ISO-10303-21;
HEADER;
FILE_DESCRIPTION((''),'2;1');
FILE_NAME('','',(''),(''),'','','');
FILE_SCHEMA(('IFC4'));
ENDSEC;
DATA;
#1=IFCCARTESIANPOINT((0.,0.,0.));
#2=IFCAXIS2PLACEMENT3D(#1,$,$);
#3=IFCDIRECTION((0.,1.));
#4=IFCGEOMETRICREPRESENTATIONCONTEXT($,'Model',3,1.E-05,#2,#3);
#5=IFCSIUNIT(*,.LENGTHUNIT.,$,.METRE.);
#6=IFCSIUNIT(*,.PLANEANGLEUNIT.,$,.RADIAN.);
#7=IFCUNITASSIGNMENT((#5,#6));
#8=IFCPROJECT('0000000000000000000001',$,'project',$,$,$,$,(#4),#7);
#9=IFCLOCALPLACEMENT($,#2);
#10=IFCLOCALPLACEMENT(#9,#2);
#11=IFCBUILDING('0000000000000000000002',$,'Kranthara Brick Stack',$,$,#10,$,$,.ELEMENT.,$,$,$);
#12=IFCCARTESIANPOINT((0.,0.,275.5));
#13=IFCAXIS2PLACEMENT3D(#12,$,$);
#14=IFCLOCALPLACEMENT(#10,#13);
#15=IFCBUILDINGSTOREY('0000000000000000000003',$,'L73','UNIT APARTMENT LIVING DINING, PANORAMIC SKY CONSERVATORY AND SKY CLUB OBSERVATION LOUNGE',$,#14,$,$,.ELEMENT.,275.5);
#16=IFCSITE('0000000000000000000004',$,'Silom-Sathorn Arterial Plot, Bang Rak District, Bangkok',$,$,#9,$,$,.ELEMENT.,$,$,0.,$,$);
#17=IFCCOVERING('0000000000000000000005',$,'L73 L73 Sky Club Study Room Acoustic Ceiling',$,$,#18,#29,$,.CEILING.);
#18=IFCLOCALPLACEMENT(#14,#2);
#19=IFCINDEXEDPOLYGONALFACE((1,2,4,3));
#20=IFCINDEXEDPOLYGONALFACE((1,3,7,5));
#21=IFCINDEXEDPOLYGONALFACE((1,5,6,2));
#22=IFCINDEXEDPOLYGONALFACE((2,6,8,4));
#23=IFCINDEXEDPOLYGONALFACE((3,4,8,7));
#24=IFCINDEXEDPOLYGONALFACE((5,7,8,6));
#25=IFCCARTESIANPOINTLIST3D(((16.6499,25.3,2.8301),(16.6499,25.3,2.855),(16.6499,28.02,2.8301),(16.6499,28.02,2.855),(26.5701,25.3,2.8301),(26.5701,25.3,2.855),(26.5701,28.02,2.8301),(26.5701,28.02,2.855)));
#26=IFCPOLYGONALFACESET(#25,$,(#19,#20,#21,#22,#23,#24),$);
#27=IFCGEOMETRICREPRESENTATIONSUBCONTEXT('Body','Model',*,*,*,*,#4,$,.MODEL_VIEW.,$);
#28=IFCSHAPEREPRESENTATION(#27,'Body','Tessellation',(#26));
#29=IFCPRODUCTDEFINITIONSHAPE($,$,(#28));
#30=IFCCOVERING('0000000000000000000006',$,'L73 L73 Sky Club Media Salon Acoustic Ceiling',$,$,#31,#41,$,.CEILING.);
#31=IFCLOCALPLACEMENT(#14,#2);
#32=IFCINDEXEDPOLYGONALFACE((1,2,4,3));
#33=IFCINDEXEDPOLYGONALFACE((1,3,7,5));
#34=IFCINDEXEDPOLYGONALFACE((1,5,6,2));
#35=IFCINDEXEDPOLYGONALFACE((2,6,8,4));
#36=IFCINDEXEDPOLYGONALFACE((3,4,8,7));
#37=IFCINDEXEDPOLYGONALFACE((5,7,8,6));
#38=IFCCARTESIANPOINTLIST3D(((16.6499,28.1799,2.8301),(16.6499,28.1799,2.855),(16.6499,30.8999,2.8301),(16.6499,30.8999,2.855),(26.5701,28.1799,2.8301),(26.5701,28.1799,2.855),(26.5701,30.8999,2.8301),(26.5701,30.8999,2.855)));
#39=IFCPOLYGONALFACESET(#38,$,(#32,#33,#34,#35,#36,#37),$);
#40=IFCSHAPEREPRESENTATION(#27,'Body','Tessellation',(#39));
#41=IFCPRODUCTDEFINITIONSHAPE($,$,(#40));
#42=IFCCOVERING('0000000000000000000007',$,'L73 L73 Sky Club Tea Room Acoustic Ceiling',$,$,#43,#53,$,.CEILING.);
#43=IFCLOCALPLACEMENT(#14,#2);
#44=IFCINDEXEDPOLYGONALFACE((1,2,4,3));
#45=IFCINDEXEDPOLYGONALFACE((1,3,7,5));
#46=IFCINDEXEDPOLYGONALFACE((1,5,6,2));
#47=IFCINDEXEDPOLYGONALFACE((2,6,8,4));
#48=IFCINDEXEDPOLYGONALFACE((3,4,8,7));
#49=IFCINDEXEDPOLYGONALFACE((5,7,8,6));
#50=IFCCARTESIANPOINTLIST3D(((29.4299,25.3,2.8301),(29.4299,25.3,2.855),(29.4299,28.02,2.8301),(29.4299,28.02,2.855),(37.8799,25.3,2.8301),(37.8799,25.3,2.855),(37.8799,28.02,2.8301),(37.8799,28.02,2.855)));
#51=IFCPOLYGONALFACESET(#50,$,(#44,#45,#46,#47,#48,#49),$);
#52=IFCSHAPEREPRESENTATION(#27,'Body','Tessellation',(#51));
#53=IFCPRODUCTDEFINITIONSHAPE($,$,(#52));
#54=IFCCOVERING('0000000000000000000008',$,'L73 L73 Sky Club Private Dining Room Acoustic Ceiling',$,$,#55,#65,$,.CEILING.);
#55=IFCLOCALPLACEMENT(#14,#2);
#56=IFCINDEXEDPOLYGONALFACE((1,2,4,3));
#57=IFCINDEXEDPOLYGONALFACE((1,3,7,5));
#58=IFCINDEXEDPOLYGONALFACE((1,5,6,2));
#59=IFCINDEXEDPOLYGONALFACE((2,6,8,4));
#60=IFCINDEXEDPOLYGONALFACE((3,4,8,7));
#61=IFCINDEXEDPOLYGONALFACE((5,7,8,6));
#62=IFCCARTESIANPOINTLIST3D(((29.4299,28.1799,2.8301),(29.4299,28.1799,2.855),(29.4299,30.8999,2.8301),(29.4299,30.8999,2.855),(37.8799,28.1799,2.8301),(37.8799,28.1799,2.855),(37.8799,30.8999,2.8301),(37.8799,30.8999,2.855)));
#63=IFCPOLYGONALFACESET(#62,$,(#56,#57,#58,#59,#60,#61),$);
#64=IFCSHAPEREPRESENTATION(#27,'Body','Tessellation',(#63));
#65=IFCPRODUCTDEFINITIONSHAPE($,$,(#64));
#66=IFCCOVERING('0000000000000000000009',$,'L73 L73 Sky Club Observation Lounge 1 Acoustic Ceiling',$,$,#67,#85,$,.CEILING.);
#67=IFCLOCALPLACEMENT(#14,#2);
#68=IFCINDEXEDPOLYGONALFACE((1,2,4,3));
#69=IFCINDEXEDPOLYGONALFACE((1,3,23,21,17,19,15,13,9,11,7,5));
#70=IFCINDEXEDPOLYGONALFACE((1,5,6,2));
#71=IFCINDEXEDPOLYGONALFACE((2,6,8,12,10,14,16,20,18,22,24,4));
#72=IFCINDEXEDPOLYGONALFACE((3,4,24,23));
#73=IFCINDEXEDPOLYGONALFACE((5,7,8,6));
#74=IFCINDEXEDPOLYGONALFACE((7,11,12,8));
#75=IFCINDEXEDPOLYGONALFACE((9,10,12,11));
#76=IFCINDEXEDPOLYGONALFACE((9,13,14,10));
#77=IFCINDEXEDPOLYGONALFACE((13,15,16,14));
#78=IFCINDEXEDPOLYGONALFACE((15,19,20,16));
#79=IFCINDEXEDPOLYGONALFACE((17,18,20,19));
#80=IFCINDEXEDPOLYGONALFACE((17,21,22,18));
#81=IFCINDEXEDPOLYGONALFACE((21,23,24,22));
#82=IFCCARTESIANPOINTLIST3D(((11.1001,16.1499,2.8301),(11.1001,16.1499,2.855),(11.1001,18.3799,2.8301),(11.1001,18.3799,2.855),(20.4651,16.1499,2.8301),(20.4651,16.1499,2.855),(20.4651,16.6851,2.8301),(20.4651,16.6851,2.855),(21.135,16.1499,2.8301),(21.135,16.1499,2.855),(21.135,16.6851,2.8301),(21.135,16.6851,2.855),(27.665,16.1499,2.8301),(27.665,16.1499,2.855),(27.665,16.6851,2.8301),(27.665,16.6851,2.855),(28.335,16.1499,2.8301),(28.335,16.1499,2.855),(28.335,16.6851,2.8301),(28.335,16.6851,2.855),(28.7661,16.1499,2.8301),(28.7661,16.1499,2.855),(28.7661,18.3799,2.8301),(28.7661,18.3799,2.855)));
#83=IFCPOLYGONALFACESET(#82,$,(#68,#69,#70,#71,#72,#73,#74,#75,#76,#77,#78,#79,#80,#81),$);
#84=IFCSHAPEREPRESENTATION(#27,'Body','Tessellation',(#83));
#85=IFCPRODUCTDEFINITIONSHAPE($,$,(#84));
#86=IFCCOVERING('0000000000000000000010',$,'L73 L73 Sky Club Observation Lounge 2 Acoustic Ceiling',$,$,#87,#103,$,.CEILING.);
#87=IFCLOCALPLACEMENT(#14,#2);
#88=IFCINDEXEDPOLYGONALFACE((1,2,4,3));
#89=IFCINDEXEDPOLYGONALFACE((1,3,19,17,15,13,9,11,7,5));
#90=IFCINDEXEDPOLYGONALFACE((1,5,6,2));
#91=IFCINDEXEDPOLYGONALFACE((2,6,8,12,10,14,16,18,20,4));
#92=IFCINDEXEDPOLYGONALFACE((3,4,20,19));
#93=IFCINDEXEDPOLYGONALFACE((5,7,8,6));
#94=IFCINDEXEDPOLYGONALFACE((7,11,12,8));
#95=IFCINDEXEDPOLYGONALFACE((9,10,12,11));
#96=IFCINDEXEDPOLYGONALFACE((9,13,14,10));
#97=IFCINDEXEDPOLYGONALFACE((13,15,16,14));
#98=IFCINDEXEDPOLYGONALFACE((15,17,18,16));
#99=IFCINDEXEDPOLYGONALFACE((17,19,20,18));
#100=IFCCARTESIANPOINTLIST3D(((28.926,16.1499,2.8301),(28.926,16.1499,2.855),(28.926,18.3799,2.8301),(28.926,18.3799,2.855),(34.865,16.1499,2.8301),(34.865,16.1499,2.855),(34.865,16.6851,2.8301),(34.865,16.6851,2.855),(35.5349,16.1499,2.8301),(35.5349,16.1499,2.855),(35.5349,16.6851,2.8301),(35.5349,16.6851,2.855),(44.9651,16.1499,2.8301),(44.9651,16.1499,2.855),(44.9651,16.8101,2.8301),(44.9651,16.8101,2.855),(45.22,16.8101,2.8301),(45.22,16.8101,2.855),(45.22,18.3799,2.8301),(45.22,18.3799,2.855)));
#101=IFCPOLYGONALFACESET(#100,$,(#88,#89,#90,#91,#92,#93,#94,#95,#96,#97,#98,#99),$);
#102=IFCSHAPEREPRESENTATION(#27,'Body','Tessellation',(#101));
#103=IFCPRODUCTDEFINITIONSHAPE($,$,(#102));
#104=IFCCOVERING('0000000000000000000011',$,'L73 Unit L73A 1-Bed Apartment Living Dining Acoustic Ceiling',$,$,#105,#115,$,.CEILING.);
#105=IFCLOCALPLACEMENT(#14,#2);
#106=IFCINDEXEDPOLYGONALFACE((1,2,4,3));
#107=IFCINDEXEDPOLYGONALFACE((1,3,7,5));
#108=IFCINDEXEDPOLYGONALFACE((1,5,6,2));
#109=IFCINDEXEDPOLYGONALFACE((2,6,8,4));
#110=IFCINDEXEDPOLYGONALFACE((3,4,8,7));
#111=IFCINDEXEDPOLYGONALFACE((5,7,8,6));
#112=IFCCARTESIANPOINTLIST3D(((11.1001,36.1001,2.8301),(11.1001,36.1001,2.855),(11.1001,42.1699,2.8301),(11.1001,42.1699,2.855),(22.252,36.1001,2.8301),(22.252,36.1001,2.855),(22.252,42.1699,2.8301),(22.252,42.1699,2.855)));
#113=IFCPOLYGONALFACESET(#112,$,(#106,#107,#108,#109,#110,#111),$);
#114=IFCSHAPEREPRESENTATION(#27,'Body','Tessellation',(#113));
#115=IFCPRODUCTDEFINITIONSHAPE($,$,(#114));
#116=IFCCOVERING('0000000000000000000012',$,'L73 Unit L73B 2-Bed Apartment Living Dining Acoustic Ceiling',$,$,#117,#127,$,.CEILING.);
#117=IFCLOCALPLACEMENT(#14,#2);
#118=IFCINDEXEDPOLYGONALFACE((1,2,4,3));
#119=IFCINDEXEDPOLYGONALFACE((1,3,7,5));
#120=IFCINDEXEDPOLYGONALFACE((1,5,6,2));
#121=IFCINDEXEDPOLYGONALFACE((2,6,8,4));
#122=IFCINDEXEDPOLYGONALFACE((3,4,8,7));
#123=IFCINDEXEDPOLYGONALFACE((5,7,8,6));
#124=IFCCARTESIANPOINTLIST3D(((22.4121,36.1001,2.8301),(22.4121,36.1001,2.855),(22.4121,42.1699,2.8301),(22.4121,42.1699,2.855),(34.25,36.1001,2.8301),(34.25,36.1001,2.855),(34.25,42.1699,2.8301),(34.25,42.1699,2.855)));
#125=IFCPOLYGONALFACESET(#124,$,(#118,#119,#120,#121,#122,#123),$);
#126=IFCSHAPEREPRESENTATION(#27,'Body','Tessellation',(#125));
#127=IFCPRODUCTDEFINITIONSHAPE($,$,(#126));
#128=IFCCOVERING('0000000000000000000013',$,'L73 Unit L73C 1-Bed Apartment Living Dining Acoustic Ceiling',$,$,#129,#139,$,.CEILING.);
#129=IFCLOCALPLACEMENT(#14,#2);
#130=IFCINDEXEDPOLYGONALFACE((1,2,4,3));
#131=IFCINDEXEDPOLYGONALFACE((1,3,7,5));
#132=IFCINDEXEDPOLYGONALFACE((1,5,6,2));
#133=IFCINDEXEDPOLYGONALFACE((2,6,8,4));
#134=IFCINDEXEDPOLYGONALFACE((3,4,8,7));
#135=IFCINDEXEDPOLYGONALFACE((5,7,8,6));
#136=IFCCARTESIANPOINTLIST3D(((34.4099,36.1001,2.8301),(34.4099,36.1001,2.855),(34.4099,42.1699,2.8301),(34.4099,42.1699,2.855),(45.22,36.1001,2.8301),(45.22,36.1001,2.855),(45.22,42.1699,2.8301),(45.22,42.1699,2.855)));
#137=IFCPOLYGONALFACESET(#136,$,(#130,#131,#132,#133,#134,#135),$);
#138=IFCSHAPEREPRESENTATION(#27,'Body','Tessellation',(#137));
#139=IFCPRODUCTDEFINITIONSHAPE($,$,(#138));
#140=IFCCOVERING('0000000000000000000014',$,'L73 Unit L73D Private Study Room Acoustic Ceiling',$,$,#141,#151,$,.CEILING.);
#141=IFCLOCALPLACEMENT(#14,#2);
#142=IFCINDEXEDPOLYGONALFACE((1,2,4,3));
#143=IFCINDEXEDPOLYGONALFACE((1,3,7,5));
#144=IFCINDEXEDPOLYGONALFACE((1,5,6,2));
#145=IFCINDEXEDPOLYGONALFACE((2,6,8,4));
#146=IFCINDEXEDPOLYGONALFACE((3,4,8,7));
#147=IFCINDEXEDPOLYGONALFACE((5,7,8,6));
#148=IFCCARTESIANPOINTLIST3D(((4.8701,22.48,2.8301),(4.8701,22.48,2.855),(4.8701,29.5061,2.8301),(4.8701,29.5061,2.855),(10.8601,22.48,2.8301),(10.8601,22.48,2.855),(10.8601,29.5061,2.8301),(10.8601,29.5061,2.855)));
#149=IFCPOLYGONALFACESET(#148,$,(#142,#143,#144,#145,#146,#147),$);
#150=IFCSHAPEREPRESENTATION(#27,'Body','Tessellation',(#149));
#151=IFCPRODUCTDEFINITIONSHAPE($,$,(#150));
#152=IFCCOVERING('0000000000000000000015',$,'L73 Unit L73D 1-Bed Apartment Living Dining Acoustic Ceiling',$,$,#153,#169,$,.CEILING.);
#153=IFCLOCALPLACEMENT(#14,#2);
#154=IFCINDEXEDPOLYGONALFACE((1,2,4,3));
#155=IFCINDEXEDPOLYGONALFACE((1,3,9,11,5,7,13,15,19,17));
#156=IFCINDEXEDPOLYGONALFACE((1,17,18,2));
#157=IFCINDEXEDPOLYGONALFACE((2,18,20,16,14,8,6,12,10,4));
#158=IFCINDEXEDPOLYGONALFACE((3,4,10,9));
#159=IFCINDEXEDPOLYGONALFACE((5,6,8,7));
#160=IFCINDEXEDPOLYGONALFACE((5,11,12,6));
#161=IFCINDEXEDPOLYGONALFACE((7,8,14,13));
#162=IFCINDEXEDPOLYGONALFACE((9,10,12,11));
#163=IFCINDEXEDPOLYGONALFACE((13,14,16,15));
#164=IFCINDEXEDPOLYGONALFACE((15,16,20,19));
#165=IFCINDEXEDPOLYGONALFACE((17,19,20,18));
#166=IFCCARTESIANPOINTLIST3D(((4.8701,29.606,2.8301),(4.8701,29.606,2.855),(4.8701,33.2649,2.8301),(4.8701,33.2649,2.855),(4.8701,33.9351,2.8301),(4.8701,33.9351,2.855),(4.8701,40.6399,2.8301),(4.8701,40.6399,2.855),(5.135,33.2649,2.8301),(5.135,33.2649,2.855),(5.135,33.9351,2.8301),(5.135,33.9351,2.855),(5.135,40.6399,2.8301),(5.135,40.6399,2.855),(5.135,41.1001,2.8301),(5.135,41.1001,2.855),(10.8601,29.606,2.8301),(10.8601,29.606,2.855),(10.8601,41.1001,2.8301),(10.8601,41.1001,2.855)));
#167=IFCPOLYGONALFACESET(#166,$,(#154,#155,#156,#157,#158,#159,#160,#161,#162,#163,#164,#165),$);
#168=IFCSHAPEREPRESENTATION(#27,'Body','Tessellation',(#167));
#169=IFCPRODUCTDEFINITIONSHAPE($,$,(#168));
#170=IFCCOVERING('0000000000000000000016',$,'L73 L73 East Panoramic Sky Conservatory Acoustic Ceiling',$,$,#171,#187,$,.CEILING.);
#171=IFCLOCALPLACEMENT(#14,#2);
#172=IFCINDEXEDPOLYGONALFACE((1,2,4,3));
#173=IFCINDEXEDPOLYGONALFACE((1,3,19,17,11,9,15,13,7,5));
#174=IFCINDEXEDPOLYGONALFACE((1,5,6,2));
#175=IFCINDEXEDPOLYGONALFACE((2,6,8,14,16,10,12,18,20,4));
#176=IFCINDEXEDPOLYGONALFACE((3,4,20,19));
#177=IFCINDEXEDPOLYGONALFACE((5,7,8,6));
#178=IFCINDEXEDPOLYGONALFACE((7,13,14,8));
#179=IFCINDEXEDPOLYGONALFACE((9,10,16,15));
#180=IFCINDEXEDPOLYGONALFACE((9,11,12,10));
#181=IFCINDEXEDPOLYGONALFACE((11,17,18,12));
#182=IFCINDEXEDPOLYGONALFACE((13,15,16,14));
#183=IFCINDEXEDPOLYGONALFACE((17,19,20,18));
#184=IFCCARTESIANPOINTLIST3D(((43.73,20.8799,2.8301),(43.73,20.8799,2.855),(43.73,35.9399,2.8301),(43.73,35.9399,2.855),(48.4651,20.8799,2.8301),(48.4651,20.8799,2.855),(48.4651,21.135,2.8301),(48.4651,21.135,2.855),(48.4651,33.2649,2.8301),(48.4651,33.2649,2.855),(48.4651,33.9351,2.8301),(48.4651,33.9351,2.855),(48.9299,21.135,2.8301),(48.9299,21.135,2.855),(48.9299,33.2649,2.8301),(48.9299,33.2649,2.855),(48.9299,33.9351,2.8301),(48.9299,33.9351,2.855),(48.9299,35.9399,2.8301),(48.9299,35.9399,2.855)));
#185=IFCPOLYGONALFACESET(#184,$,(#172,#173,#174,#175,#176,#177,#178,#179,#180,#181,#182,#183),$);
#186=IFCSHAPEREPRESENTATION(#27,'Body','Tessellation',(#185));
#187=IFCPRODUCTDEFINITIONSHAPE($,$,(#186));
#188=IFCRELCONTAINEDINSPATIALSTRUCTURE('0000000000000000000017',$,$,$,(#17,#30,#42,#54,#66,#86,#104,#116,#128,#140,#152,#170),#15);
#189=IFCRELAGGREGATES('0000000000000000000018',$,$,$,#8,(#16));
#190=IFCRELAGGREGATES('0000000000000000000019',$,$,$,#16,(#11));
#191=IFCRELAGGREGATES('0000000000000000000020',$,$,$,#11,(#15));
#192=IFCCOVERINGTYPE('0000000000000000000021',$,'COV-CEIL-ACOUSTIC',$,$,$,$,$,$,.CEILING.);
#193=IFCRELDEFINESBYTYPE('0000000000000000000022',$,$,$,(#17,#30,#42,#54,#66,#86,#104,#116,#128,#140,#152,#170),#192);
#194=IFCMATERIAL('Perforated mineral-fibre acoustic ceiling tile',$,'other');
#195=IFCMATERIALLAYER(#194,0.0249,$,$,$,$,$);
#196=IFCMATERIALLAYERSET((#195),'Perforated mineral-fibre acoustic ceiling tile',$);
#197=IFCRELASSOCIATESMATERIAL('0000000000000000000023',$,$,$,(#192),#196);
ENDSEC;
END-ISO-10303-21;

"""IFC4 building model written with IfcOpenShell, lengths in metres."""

from ifc_helpers import new_model, si_unit, direction, frame, origin, place, context, subcontext, project, spatial, polyline, outline, extrude, material, layer, layer_set, type_object, element, save


model = new_model("IFC4")

# Units and contexts
model_context = context("Model", 3, precision=1e-05, world=origin(), true_north=direction((0.0, 1.0)))
body_context = subcontext(model_context, "Body", "Model", "MODEL_VIEW")
ifc_project = project(units=[si_unit("LENGTHUNIT", "METRE"), si_unit("PLANEANGLEUNIT", "RADIAN")], contexts=[model_context])

# Site, building, storey
site_placement = place(None, origin())
site = spatial("IfcSite", under=ifc_project, at=site_placement, Name="Silom-Sathorn Arterial Plot, Bang Rak District, Bangkok", CompositionType="ELEMENT", RefElevation=0.0)
building_placement = place(site_placement, origin())
building = spatial("IfcBuilding", under=site, at=building_placement, Name="Kranthara Brick Stack", CompositionType="ELEMENT")
storey_placement = place(building_placement, frame((0.0, 0.0, 275.5)))
storey = spatial("IfcBuildingStorey", under=building, at=storey_placement, Name="L73", Description="UNIT APARTMENT LIVING DINING, PANORAMIC SKY CONSERVATORY AND SKY CLUB OBSERVATION LOUNGE", CompositionType="ELEMENT", Elevation=275.5)

# Coverings
ifc_material_1 = material(Name="Perforated mineral-fibre acoustic ceiling tile", Category="other")
ifc_layer_1 = layer(ifc_material_1, 0.0249)
ifc_layer_set_1 = layer_set([ifc_layer_1], Name="Perforated mineral-fibre acoustic ceiling tile")
covering_type_1 = type_object("IfcCoveringType", Name="COV-CEIL-ACOUSTIC", PredefinedType="CEILING", material=ifc_layer_set_1)
covering_1_placement = place(storey_placement, frame((0.0, 0.0, 2.8301)))
element("IfcCovering", 1, at=covering_1_placement, inside=storey, type_object=covering_type_1, Name="L73 L73 Sky Club Study Room Acoustic Ceiling", PredefinedType="CEILING", context=body_context, shape_type="SweptSolid", body=[
    extrude(outline(polyline([(26.5701, 25.3), (26.5701, 28.02), (16.6499, 28.02), (16.6499, 25.3), (26.5701, 25.3)])), origin(), (0.0, 0.0, 1.0), 0.0249),
])
covering_2_placement = place(storey_placement, frame((0.0, 0.0, 2.8301)))
element("IfcCovering", 2, at=covering_2_placement, inside=storey, type_object=covering_type_1, Name="L73 L73 Sky Club Media Salon Acoustic Ceiling", PredefinedType="CEILING", context=body_context, shape_type="SweptSolid", body=[
    extrude(outline(polyline([(26.5701, 28.1799), (26.5701, 30.8999), (16.6499, 30.8999), (16.6499, 28.1799), (26.5701, 28.1799)])), origin(), (0.0, 0.0, 1.0), 0.0249),
])
covering_3_placement = place(storey_placement, frame((0.0, 0.0, 2.8301)))
element("IfcCovering", 3, at=covering_3_placement, inside=storey, type_object=covering_type_1, Name="L73 L73 Sky Club Tea Room Acoustic Ceiling", PredefinedType="CEILING", context=body_context, shape_type="SweptSolid", body=[
    extrude(outline(polyline([(37.8799, 25.3), (37.8799, 28.02), (29.4299, 28.02), (29.4299, 25.3), (37.8799, 25.3)])), origin(), (0.0, 0.0, 1.0), 0.0249),
])
covering_4_placement = place(storey_placement, frame((0.0, 0.0, 2.8301)))
element("IfcCovering", 4, at=covering_4_placement, inside=storey, type_object=covering_type_1, Name="L73 L73 Sky Club Private Dining Room Acoustic Ceiling", PredefinedType="CEILING", context=body_context, shape_type="SweptSolid", body=[
    extrude(outline(polyline([(37.8799, 28.1799), (37.8799, 30.8999), (29.4299, 30.8999), (29.4299, 28.1799), (37.8799, 28.1799)])), origin(), (0.0, 0.0, 1.0), 0.0249),
])
covering_5_placement = place(storey_placement, frame((0.0, 0.0, 2.8301)))
element("IfcCovering", 5, at=covering_5_placement, inside=storey, type_object=covering_type_1, Name="L73 L73 Sky Club Observation Lounge 1 Acoustic Ceiling", PredefinedType="CEILING", context=body_context, shape_type="SweptSolid", body=[
    extrude(outline(polyline([(11.1001, 18.3799), (28.7661, 18.3799), (28.7661, 16.1499), (28.335, 16.1499), (28.335, 16.6851), (27.665, 16.6851), (27.665, 16.1499), (21.135, 16.1499), (21.135, 16.6851), (20.4651, 16.6851), (20.4651, 16.1499), (11.1001, 16.1499), (11.1001, 18.3799)])), origin(), (0.0, 0.0, 1.0), 0.0249),
])
covering_6_placement = place(storey_placement, frame((0.0, 0.0, 2.8301)))
element("IfcCovering", 6, at=covering_6_placement, inside=storey, type_object=covering_type_1, Name="L73 L73 Sky Club Observation Lounge 2 Acoustic Ceiling", PredefinedType="CEILING", context=body_context, shape_type="SweptSolid", body=[
    extrude(outline(polyline([(28.926, 18.3799), (45.22, 18.3799), (45.22, 16.8101), (44.9651, 16.8101), (44.9651, 16.1499), (35.5349, 16.1499), (35.5349, 16.6851), (34.865, 16.6851), (34.865, 16.1499), (28.926, 16.1499), (28.926, 18.3799)])), origin(), (0.0, 0.0, 1.0), 0.0249),
])
covering_7_placement = place(storey_placement, frame((0.0, 0.0, 2.8301)))
element("IfcCovering", 7, at=covering_7_placement, inside=storey, type_object=covering_type_1, Name="L73 Unit L73A 1-Bed Apartment Living Dining Acoustic Ceiling", PredefinedType="CEILING", context=body_context, shape_type="SweptSolid", body=[
    extrude(outline(polyline([(22.252, 36.1001), (22.252, 42.1699), (11.1001, 42.1699), (11.1001, 36.1001), (22.252, 36.1001)])), origin(), (0.0, 0.0, 1.0), 0.0249),
])
covering_8_placement = place(storey_placement, frame((0.0, 0.0, 2.8301)))
element("IfcCovering", 8, at=covering_8_placement, inside=storey, type_object=covering_type_1, Name="L73 Unit L73B 2-Bed Apartment Living Dining Acoustic Ceiling", PredefinedType="CEILING", context=body_context, shape_type="SweptSolid", body=[
    extrude(outline(polyline([(34.25, 36.1001), (34.25, 42.1699), (22.4121, 42.1699), (22.4121, 36.1001), (34.25, 36.1001)])), origin(), (0.0, 0.0, 1.0), 0.0249),
])
covering_9_placement = place(storey_placement, frame((0.0, 0.0, 2.8301)))
element("IfcCovering", 9, at=covering_9_placement, inside=storey, type_object=covering_type_1, Name="L73 Unit L73C 1-Bed Apartment Living Dining Acoustic Ceiling", PredefinedType="CEILING", context=body_context, shape_type="SweptSolid", body=[
    extrude(outline(polyline([(45.22, 36.1001), (45.22, 42.1699), (34.4099, 42.1699), (34.4099, 36.1001), (45.22, 36.1001)])), origin(), (0.0, 0.0, 1.0), 0.0249),
])
covering_10_placement = place(storey_placement, frame((0.0, 0.0, 2.8301)))
element("IfcCovering", 10, at=covering_10_placement, inside=storey, type_object=covering_type_1, Name="L73 Unit L73D Private Study Room Acoustic Ceiling", PredefinedType="CEILING", context=body_context, shape_type="SweptSolid", body=[
    extrude(outline(polyline([(10.8601, 22.48), (10.8601, 29.5061), (4.8701, 29.5061), (4.8701, 22.48), (10.8601, 22.48)])), origin(), (0.0, 0.0, 1.0), 0.0249),
])
covering_11_placement = place(storey_placement, frame((0.0, 0.0, 2.8301)))
element("IfcCovering", 11, at=covering_11_placement, inside=storey, type_object=covering_type_1, Name="L73 Unit L73D 1-Bed Apartment Living Dining Acoustic Ceiling", PredefinedType="CEILING", context=body_context, shape_type="SweptSolid", body=[
    extrude(outline(polyline([(10.8601, 41.1001), (10.8601, 29.606), (4.8701, 29.606), (4.8701, 33.2649), (5.135, 33.2649), (5.135, 33.9351), (4.8701, 33.9351), (4.8701, 40.6399), (5.135, 40.6399), (5.135, 41.1001), (10.8601, 41.1001)])), origin(), (0.0, 0.0, 1.0), 0.0249),
])
covering_12_placement = place(storey_placement, frame((0.0, 0.0, 2.8301)))
element("IfcCovering", 12, at=covering_12_placement, inside=storey, type_object=covering_type_1, Name="L73 L73 East Panoramic Sky Conservatory Acoustic Ceiling", PredefinedType="CEILING", context=body_context, shape_type="SweptSolid", body=[
    extrude(outline(polyline([(43.73, 35.9399), (48.9299, 35.9399), (48.9299, 33.9351), (48.4651, 33.9351), (48.4651, 33.2649), (48.9299, 33.2649), (48.9299, 21.135), (48.4651, 21.135), (48.4651, 20.8799), (43.73, 20.8799), (43.73, 35.9399)])), origin(), (0.0, 0.0, 1.0), 0.0249),
])

save(model, "model.ifc")
